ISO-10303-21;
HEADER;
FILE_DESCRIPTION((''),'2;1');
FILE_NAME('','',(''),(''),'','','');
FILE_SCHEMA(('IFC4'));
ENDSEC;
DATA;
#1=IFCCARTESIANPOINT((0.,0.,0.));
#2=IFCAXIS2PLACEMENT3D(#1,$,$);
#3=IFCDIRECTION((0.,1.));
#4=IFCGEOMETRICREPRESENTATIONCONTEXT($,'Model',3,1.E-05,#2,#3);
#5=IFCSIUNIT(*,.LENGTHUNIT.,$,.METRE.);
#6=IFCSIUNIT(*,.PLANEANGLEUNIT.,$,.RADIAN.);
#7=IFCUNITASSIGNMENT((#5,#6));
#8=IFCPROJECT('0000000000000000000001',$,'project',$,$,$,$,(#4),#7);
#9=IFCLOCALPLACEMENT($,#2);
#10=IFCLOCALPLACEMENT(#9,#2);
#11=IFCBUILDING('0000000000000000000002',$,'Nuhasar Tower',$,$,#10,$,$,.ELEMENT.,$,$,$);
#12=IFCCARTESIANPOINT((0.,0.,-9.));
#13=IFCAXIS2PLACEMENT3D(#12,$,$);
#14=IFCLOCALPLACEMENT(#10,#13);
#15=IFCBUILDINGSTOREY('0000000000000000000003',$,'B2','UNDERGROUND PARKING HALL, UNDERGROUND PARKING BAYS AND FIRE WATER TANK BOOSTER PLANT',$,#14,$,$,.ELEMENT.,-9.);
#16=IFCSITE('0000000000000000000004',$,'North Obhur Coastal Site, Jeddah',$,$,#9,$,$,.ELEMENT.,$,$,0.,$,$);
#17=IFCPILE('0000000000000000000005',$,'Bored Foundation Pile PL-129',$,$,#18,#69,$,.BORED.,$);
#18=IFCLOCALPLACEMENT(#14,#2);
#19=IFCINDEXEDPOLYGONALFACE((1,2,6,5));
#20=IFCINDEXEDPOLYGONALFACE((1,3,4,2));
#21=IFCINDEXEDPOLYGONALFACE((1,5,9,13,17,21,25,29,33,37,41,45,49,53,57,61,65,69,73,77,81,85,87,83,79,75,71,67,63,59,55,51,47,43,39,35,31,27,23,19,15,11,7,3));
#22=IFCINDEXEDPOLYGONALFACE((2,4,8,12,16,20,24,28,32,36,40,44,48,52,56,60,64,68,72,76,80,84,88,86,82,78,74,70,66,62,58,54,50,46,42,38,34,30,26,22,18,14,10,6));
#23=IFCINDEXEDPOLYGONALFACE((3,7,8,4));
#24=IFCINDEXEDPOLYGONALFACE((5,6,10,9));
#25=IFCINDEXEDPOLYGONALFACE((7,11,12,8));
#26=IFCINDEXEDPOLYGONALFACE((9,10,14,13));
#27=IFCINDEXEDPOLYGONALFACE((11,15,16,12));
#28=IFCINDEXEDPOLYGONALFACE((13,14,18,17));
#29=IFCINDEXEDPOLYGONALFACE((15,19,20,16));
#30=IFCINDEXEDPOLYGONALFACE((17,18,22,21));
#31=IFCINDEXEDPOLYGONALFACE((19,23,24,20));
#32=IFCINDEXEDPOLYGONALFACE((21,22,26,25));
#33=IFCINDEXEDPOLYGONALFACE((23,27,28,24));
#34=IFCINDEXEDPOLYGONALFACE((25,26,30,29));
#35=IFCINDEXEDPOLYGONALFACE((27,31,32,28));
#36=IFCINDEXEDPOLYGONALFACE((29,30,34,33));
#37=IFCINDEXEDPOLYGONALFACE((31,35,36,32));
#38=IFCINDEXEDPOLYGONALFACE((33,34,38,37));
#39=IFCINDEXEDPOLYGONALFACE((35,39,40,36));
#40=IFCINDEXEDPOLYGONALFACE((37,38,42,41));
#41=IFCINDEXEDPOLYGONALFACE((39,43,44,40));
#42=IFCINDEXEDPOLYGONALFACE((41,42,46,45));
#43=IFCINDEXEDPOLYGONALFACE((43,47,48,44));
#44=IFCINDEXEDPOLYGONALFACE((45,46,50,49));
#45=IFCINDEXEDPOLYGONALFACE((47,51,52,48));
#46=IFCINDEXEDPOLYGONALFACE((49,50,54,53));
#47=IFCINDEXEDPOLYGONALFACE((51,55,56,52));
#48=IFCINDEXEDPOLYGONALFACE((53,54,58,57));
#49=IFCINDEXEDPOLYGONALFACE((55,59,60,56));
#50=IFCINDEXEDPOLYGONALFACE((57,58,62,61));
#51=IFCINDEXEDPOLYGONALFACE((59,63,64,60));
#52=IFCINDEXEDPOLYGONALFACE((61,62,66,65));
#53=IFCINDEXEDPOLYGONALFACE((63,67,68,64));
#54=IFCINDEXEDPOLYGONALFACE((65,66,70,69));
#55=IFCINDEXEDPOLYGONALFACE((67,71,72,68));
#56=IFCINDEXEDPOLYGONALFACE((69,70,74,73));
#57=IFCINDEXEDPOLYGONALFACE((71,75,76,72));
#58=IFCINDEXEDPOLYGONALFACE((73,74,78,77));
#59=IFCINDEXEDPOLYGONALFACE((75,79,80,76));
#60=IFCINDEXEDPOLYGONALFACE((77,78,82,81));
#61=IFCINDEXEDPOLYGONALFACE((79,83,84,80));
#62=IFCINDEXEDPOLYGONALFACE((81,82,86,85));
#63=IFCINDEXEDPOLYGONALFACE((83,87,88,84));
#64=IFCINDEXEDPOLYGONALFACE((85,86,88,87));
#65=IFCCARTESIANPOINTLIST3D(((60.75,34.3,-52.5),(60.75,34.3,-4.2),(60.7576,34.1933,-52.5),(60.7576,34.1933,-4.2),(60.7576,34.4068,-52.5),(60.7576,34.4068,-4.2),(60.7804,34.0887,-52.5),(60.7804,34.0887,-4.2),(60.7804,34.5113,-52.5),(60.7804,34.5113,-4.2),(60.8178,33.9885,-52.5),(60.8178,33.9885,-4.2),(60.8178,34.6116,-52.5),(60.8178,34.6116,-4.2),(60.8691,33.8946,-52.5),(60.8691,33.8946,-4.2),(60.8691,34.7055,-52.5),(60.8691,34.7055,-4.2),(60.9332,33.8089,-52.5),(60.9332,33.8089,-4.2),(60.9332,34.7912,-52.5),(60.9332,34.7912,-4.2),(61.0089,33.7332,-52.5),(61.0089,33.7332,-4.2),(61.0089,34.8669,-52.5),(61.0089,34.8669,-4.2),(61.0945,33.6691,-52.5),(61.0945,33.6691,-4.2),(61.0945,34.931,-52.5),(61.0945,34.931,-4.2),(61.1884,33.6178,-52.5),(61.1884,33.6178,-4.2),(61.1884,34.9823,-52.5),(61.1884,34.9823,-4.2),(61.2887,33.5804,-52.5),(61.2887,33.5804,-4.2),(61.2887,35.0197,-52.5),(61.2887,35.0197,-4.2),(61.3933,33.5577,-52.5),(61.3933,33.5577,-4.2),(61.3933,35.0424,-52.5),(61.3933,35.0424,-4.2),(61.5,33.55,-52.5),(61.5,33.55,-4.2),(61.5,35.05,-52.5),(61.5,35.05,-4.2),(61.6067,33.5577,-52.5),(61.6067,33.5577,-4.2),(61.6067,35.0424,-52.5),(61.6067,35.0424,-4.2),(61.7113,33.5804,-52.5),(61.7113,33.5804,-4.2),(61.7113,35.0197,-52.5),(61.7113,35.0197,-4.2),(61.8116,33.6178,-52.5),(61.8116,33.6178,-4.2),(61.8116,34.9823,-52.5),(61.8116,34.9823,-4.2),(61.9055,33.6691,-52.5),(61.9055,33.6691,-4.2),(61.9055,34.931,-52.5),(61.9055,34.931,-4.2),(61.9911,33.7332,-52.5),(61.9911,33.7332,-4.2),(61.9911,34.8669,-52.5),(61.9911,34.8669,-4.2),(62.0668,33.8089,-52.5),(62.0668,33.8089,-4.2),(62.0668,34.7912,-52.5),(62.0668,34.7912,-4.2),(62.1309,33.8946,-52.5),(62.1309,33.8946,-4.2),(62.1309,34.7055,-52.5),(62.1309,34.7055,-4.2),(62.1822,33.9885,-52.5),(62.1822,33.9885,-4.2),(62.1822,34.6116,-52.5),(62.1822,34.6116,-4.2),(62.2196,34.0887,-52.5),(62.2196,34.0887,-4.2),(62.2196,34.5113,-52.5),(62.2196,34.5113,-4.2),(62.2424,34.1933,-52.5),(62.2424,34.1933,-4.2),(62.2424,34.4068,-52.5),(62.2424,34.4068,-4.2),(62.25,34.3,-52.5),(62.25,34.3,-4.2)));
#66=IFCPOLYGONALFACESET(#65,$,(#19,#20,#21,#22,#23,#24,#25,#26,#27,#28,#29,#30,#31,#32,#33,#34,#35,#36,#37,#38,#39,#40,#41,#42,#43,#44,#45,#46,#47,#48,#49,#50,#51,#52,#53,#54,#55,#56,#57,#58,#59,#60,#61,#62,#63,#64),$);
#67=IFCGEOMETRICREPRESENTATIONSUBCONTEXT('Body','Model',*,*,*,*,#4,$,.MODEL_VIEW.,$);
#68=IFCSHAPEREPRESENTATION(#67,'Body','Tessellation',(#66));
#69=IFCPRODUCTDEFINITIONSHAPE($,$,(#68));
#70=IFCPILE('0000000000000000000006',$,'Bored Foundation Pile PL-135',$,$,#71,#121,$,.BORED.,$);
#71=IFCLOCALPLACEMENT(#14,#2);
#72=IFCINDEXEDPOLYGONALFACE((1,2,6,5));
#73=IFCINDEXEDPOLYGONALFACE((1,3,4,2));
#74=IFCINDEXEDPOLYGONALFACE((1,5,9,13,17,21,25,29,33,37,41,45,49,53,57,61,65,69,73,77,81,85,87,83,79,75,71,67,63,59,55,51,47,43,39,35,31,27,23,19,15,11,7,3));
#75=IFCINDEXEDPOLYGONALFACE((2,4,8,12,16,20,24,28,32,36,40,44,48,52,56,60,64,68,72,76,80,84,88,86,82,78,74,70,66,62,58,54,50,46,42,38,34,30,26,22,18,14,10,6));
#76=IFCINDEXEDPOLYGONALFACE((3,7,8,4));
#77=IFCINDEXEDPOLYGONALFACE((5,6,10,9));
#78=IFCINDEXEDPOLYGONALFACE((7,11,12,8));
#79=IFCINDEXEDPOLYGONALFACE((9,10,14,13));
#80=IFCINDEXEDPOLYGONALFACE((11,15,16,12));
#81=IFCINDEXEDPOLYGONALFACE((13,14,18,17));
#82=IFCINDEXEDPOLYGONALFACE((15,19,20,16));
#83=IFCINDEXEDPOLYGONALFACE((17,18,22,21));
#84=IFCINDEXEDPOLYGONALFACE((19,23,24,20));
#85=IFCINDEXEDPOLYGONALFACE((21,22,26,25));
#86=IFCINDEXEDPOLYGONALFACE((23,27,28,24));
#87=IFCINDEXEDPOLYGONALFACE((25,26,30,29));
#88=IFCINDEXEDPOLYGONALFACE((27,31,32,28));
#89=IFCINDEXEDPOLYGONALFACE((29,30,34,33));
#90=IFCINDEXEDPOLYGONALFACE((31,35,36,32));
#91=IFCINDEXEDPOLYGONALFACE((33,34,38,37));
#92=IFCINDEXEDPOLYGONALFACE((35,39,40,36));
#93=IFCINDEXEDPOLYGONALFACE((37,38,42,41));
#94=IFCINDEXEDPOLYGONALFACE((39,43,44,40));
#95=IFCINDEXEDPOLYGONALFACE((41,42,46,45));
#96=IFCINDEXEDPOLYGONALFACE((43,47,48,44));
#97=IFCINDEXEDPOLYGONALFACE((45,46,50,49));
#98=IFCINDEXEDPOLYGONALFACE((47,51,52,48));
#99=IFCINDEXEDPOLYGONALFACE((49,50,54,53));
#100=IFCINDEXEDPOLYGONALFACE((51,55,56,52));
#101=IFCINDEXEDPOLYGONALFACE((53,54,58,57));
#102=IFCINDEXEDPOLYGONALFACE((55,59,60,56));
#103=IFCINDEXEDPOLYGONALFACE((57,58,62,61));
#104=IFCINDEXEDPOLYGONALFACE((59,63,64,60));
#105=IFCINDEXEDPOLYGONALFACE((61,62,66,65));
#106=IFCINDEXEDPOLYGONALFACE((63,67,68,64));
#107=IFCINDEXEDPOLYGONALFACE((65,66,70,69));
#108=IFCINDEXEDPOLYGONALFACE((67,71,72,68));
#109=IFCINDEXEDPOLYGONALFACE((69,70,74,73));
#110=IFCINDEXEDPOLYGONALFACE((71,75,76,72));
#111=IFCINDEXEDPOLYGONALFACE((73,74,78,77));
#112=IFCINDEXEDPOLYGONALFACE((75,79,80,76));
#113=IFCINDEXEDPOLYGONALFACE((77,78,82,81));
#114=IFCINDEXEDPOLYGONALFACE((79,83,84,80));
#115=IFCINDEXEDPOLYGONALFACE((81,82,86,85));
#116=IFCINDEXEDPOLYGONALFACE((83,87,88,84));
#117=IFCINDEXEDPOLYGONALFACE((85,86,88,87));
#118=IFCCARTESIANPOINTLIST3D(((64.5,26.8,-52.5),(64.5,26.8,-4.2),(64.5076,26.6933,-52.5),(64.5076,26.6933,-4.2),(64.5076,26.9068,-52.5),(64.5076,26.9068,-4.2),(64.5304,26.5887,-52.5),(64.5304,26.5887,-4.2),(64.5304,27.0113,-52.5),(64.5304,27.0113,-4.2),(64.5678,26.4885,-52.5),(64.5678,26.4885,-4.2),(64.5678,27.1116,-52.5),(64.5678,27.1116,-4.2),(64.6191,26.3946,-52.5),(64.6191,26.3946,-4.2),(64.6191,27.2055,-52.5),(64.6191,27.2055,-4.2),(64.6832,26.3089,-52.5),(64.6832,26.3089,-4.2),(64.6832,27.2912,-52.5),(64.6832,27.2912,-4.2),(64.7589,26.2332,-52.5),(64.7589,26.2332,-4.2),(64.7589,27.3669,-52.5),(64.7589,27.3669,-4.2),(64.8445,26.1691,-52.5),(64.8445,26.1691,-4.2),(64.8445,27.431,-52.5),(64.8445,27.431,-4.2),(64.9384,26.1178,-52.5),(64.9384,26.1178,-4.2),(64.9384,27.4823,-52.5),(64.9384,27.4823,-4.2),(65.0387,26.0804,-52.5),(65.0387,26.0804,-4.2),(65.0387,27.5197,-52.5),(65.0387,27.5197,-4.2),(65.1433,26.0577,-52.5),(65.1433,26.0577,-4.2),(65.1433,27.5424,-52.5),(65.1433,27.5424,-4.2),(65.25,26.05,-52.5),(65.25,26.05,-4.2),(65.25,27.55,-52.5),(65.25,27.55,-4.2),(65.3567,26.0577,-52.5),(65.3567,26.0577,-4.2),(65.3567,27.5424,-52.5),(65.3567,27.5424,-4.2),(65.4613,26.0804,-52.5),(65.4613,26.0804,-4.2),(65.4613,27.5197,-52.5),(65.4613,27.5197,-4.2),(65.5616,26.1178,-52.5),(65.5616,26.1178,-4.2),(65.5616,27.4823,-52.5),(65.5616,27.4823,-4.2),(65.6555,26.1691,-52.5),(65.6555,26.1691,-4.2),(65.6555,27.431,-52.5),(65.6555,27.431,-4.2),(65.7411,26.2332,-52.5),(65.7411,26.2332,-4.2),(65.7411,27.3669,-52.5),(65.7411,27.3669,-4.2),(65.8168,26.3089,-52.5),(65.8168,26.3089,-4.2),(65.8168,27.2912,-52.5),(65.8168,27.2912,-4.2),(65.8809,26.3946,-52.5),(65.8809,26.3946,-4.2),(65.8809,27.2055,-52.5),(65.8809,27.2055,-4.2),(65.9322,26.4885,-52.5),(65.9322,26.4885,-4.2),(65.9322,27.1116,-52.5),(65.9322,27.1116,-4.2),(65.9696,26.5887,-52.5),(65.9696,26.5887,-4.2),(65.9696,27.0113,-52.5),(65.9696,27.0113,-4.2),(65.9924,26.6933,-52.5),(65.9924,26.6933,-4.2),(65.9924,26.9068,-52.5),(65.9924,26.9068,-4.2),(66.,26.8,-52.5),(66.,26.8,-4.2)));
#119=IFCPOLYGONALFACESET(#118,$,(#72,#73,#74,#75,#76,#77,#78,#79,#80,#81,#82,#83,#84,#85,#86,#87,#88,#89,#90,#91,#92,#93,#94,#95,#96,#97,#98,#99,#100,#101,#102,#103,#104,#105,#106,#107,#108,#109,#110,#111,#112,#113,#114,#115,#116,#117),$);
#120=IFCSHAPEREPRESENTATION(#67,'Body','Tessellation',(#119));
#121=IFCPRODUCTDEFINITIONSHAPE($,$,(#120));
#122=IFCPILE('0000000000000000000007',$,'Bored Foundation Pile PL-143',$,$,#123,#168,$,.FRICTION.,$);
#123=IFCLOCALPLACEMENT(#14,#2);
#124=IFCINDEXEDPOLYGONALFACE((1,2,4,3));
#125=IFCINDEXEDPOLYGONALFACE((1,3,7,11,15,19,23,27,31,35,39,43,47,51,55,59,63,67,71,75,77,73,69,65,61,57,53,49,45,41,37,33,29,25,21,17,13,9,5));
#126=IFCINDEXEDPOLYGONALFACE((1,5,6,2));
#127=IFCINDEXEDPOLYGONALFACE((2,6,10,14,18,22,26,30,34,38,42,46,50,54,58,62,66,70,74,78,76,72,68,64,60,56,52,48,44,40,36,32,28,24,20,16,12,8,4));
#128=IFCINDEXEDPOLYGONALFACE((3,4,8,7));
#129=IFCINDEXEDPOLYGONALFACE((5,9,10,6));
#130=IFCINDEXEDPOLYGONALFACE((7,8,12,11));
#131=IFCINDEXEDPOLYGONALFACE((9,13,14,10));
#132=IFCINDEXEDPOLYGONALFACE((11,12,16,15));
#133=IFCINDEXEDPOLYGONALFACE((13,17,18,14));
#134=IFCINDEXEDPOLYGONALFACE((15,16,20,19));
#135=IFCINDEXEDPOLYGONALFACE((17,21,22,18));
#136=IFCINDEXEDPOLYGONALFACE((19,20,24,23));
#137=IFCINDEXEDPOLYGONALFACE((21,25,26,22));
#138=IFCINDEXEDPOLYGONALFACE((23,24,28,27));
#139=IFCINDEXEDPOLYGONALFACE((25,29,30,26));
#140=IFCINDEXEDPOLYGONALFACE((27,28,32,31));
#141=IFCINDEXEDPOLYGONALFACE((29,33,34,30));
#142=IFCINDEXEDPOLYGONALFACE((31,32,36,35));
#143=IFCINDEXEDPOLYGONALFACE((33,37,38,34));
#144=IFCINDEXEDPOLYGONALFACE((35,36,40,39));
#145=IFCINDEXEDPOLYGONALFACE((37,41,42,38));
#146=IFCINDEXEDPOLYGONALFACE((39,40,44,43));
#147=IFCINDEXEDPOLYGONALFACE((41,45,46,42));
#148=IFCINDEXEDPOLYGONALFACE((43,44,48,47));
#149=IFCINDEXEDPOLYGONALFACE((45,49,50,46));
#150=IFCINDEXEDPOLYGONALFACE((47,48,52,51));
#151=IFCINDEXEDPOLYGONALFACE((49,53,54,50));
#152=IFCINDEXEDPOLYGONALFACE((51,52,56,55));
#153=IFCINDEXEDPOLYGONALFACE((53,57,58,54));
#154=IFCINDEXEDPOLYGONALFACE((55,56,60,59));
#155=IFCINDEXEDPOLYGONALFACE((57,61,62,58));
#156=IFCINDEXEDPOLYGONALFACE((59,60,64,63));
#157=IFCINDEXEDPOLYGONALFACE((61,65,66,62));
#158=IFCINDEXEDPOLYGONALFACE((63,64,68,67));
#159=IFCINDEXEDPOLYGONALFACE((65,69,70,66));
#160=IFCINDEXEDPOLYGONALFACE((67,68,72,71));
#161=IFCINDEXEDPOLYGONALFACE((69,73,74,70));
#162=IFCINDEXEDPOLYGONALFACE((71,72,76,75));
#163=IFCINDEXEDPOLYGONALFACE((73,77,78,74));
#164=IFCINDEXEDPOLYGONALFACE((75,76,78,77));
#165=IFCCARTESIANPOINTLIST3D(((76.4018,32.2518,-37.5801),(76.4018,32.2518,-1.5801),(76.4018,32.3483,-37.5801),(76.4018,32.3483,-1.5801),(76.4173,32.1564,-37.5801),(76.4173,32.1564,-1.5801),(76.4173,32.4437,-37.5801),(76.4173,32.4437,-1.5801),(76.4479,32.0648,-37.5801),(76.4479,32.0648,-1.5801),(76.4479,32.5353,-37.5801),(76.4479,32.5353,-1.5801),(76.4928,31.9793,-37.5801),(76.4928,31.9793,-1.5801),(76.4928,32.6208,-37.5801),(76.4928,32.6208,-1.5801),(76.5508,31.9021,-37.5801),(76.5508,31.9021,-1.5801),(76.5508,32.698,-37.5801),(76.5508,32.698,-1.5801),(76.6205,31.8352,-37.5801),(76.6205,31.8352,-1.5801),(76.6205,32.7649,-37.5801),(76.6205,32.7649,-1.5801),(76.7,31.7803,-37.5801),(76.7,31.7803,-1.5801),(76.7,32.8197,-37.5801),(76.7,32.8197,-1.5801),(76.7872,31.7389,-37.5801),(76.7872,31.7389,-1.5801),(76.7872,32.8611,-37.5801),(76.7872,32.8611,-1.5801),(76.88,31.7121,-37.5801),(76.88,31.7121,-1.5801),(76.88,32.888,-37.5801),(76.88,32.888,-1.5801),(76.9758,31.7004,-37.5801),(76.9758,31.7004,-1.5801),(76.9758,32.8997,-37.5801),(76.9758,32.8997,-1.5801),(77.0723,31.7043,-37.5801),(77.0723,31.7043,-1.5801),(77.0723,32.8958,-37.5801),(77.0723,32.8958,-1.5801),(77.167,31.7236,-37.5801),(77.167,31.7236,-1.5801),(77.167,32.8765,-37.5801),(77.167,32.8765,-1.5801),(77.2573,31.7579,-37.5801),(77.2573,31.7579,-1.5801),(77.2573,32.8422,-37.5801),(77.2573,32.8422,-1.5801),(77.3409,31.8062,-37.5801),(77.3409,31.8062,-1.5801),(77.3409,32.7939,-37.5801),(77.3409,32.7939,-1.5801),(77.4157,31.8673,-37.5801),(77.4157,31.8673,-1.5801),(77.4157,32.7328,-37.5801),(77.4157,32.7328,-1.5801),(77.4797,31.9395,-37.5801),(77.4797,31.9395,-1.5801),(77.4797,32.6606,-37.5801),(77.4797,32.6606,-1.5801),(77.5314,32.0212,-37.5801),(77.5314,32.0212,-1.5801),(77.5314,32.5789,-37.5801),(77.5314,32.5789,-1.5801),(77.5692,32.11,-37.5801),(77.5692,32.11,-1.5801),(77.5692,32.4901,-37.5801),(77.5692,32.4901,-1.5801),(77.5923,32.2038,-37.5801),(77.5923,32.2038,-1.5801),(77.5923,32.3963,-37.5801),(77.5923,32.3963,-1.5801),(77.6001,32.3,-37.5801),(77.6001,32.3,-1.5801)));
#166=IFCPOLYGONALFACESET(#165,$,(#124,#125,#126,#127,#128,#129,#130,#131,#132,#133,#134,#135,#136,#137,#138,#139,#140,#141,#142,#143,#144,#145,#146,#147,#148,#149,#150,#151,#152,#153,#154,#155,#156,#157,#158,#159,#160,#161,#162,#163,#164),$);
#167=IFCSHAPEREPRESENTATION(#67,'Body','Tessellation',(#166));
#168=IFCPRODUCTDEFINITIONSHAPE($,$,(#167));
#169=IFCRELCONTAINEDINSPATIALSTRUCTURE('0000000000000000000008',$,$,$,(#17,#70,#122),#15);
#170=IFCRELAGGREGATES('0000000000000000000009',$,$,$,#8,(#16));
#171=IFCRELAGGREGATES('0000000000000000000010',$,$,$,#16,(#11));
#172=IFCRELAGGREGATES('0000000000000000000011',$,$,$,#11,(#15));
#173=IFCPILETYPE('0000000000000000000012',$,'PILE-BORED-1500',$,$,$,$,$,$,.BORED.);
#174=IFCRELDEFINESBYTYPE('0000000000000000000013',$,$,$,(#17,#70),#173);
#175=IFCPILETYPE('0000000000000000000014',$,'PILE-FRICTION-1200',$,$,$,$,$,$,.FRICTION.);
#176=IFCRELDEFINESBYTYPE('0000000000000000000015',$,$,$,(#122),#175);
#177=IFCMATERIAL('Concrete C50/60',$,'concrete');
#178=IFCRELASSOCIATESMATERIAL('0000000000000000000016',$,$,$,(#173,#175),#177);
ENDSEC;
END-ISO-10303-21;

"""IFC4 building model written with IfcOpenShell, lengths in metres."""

from ifc_helpers import new_model, si_unit, direction, frame, origin, origin_2d, place, context, subcontext, project, spatial, circle, extrude, material, material_profile, profile_set, type_object, element, save


model = new_model("IFC4")

# Units and contexts
model_context = context("Model", 3, precision=1e-05, world=origin(), true_north=direction((0.0, 1.0)))
body_context = subcontext(model_context, "Body", "Model", "MODEL_VIEW")
ifc_project = project(units=[si_unit("LENGTHUNIT", "METRE"), si_unit("PLANEANGLEUNIT", "RADIAN")], contexts=[model_context])

# Site, building, storey
site_placement = place(None, origin())
site = spatial("IfcSite", under=ifc_project, at=site_placement, Name="North Obhur Coastal Site, Jeddah", CompositionType="ELEMENT", RefElevation=0.0)
building_placement = place(site_placement, origin())
building = spatial("IfcBuilding", under=site, at=building_placement, Name="Nuhasar Tower", CompositionType="ELEMENT")
storey_placement = place(building_placement, frame((0.0, 0.0, -9.0)))
storey = spatial("IfcBuildingStorey", under=building, at=storey_placement, Name="B2", Description="UNDERGROUND PARKING HALL, UNDERGROUND PARKING BAYS AND FIRE WATER TANK BOOSTER PLANT", CompositionType="ELEMENT", Elevation=-9.0)

# Shared definitions
ifc_material_1 = material(Name="Concrete C50/60", Category="concrete")

# Piles
ifc_material_profile_1 = material_profile(ifc_material_1, circle(Radius=0.75, at=origin_2d()), Name="PILE1500")
ifc_profile_set_1 = profile_set([ifc_material_profile_1], Name="Concrete C50/60")
pile_type_1 = type_object("IfcPileType", Name="PILE-BORED-1500", PredefinedType="BORED", material=ifc_profile_set_1)
for number, where, z_axis, x_axis, name in (
    (1, (61.5, 34.3, -4.2), (0.0, 0.0, -1.0), (1.0, 0.0, 0.0), "Bored Foundation Pile PL-129"),
    (2, (65.25, 26.8, -4.2), (0.0, 0.0, -1.0), (1.0, 0.0, 0.0), "Bored Foundation Pile PL-135"),
):
    element("IfcPile", number, at=place(storey_placement, frame(where, z_axis=z_axis, x_axis=x_axis)), inside=storey, type_object=pile_type_1, Name=name, PredefinedType="BORED", context=body_context, shape_type="SweptSolid", body=[
        extrude(circle(Radius=0.75, at=origin_2d()), origin(), (0.0, 0.0, 1.0), 48.3),
    ])
ifc_material_profile_2 = material_profile(ifc_material_1, circle(Radius=0.6001, at=origin_2d()), Name="PILE1200")
ifc_profile_set_2 = profile_set([ifc_material_profile_2], Name="Concrete C50/60")
pile_type_2 = type_object("IfcPileType", Name="PILE-FRICTION-1200", PredefinedType="FRICTION", material=ifc_profile_set_2)
for number, where, z_axis, x_axis, name in (
    (3, (77.0, 32.3, -1.5801), (0.0, 0.0, -1.0), (1.0, 0.0, 0.0), "Bored Foundation Pile PL-143"),
):
    element("IfcPile", number, at=place(storey_placement, frame(where, z_axis=z_axis, x_axis=x_axis)), inside=storey, type_object=pile_type_2, Name=name, PredefinedType="FRICTION", context=body_context, shape_type="SweptSolid", body=[
        extrude(circle(Radius=0.6001, at=origin_2d()), origin(), (0.0, 0.0, 1.0), 36.0),
    ])

save(model, "model.ifc")
